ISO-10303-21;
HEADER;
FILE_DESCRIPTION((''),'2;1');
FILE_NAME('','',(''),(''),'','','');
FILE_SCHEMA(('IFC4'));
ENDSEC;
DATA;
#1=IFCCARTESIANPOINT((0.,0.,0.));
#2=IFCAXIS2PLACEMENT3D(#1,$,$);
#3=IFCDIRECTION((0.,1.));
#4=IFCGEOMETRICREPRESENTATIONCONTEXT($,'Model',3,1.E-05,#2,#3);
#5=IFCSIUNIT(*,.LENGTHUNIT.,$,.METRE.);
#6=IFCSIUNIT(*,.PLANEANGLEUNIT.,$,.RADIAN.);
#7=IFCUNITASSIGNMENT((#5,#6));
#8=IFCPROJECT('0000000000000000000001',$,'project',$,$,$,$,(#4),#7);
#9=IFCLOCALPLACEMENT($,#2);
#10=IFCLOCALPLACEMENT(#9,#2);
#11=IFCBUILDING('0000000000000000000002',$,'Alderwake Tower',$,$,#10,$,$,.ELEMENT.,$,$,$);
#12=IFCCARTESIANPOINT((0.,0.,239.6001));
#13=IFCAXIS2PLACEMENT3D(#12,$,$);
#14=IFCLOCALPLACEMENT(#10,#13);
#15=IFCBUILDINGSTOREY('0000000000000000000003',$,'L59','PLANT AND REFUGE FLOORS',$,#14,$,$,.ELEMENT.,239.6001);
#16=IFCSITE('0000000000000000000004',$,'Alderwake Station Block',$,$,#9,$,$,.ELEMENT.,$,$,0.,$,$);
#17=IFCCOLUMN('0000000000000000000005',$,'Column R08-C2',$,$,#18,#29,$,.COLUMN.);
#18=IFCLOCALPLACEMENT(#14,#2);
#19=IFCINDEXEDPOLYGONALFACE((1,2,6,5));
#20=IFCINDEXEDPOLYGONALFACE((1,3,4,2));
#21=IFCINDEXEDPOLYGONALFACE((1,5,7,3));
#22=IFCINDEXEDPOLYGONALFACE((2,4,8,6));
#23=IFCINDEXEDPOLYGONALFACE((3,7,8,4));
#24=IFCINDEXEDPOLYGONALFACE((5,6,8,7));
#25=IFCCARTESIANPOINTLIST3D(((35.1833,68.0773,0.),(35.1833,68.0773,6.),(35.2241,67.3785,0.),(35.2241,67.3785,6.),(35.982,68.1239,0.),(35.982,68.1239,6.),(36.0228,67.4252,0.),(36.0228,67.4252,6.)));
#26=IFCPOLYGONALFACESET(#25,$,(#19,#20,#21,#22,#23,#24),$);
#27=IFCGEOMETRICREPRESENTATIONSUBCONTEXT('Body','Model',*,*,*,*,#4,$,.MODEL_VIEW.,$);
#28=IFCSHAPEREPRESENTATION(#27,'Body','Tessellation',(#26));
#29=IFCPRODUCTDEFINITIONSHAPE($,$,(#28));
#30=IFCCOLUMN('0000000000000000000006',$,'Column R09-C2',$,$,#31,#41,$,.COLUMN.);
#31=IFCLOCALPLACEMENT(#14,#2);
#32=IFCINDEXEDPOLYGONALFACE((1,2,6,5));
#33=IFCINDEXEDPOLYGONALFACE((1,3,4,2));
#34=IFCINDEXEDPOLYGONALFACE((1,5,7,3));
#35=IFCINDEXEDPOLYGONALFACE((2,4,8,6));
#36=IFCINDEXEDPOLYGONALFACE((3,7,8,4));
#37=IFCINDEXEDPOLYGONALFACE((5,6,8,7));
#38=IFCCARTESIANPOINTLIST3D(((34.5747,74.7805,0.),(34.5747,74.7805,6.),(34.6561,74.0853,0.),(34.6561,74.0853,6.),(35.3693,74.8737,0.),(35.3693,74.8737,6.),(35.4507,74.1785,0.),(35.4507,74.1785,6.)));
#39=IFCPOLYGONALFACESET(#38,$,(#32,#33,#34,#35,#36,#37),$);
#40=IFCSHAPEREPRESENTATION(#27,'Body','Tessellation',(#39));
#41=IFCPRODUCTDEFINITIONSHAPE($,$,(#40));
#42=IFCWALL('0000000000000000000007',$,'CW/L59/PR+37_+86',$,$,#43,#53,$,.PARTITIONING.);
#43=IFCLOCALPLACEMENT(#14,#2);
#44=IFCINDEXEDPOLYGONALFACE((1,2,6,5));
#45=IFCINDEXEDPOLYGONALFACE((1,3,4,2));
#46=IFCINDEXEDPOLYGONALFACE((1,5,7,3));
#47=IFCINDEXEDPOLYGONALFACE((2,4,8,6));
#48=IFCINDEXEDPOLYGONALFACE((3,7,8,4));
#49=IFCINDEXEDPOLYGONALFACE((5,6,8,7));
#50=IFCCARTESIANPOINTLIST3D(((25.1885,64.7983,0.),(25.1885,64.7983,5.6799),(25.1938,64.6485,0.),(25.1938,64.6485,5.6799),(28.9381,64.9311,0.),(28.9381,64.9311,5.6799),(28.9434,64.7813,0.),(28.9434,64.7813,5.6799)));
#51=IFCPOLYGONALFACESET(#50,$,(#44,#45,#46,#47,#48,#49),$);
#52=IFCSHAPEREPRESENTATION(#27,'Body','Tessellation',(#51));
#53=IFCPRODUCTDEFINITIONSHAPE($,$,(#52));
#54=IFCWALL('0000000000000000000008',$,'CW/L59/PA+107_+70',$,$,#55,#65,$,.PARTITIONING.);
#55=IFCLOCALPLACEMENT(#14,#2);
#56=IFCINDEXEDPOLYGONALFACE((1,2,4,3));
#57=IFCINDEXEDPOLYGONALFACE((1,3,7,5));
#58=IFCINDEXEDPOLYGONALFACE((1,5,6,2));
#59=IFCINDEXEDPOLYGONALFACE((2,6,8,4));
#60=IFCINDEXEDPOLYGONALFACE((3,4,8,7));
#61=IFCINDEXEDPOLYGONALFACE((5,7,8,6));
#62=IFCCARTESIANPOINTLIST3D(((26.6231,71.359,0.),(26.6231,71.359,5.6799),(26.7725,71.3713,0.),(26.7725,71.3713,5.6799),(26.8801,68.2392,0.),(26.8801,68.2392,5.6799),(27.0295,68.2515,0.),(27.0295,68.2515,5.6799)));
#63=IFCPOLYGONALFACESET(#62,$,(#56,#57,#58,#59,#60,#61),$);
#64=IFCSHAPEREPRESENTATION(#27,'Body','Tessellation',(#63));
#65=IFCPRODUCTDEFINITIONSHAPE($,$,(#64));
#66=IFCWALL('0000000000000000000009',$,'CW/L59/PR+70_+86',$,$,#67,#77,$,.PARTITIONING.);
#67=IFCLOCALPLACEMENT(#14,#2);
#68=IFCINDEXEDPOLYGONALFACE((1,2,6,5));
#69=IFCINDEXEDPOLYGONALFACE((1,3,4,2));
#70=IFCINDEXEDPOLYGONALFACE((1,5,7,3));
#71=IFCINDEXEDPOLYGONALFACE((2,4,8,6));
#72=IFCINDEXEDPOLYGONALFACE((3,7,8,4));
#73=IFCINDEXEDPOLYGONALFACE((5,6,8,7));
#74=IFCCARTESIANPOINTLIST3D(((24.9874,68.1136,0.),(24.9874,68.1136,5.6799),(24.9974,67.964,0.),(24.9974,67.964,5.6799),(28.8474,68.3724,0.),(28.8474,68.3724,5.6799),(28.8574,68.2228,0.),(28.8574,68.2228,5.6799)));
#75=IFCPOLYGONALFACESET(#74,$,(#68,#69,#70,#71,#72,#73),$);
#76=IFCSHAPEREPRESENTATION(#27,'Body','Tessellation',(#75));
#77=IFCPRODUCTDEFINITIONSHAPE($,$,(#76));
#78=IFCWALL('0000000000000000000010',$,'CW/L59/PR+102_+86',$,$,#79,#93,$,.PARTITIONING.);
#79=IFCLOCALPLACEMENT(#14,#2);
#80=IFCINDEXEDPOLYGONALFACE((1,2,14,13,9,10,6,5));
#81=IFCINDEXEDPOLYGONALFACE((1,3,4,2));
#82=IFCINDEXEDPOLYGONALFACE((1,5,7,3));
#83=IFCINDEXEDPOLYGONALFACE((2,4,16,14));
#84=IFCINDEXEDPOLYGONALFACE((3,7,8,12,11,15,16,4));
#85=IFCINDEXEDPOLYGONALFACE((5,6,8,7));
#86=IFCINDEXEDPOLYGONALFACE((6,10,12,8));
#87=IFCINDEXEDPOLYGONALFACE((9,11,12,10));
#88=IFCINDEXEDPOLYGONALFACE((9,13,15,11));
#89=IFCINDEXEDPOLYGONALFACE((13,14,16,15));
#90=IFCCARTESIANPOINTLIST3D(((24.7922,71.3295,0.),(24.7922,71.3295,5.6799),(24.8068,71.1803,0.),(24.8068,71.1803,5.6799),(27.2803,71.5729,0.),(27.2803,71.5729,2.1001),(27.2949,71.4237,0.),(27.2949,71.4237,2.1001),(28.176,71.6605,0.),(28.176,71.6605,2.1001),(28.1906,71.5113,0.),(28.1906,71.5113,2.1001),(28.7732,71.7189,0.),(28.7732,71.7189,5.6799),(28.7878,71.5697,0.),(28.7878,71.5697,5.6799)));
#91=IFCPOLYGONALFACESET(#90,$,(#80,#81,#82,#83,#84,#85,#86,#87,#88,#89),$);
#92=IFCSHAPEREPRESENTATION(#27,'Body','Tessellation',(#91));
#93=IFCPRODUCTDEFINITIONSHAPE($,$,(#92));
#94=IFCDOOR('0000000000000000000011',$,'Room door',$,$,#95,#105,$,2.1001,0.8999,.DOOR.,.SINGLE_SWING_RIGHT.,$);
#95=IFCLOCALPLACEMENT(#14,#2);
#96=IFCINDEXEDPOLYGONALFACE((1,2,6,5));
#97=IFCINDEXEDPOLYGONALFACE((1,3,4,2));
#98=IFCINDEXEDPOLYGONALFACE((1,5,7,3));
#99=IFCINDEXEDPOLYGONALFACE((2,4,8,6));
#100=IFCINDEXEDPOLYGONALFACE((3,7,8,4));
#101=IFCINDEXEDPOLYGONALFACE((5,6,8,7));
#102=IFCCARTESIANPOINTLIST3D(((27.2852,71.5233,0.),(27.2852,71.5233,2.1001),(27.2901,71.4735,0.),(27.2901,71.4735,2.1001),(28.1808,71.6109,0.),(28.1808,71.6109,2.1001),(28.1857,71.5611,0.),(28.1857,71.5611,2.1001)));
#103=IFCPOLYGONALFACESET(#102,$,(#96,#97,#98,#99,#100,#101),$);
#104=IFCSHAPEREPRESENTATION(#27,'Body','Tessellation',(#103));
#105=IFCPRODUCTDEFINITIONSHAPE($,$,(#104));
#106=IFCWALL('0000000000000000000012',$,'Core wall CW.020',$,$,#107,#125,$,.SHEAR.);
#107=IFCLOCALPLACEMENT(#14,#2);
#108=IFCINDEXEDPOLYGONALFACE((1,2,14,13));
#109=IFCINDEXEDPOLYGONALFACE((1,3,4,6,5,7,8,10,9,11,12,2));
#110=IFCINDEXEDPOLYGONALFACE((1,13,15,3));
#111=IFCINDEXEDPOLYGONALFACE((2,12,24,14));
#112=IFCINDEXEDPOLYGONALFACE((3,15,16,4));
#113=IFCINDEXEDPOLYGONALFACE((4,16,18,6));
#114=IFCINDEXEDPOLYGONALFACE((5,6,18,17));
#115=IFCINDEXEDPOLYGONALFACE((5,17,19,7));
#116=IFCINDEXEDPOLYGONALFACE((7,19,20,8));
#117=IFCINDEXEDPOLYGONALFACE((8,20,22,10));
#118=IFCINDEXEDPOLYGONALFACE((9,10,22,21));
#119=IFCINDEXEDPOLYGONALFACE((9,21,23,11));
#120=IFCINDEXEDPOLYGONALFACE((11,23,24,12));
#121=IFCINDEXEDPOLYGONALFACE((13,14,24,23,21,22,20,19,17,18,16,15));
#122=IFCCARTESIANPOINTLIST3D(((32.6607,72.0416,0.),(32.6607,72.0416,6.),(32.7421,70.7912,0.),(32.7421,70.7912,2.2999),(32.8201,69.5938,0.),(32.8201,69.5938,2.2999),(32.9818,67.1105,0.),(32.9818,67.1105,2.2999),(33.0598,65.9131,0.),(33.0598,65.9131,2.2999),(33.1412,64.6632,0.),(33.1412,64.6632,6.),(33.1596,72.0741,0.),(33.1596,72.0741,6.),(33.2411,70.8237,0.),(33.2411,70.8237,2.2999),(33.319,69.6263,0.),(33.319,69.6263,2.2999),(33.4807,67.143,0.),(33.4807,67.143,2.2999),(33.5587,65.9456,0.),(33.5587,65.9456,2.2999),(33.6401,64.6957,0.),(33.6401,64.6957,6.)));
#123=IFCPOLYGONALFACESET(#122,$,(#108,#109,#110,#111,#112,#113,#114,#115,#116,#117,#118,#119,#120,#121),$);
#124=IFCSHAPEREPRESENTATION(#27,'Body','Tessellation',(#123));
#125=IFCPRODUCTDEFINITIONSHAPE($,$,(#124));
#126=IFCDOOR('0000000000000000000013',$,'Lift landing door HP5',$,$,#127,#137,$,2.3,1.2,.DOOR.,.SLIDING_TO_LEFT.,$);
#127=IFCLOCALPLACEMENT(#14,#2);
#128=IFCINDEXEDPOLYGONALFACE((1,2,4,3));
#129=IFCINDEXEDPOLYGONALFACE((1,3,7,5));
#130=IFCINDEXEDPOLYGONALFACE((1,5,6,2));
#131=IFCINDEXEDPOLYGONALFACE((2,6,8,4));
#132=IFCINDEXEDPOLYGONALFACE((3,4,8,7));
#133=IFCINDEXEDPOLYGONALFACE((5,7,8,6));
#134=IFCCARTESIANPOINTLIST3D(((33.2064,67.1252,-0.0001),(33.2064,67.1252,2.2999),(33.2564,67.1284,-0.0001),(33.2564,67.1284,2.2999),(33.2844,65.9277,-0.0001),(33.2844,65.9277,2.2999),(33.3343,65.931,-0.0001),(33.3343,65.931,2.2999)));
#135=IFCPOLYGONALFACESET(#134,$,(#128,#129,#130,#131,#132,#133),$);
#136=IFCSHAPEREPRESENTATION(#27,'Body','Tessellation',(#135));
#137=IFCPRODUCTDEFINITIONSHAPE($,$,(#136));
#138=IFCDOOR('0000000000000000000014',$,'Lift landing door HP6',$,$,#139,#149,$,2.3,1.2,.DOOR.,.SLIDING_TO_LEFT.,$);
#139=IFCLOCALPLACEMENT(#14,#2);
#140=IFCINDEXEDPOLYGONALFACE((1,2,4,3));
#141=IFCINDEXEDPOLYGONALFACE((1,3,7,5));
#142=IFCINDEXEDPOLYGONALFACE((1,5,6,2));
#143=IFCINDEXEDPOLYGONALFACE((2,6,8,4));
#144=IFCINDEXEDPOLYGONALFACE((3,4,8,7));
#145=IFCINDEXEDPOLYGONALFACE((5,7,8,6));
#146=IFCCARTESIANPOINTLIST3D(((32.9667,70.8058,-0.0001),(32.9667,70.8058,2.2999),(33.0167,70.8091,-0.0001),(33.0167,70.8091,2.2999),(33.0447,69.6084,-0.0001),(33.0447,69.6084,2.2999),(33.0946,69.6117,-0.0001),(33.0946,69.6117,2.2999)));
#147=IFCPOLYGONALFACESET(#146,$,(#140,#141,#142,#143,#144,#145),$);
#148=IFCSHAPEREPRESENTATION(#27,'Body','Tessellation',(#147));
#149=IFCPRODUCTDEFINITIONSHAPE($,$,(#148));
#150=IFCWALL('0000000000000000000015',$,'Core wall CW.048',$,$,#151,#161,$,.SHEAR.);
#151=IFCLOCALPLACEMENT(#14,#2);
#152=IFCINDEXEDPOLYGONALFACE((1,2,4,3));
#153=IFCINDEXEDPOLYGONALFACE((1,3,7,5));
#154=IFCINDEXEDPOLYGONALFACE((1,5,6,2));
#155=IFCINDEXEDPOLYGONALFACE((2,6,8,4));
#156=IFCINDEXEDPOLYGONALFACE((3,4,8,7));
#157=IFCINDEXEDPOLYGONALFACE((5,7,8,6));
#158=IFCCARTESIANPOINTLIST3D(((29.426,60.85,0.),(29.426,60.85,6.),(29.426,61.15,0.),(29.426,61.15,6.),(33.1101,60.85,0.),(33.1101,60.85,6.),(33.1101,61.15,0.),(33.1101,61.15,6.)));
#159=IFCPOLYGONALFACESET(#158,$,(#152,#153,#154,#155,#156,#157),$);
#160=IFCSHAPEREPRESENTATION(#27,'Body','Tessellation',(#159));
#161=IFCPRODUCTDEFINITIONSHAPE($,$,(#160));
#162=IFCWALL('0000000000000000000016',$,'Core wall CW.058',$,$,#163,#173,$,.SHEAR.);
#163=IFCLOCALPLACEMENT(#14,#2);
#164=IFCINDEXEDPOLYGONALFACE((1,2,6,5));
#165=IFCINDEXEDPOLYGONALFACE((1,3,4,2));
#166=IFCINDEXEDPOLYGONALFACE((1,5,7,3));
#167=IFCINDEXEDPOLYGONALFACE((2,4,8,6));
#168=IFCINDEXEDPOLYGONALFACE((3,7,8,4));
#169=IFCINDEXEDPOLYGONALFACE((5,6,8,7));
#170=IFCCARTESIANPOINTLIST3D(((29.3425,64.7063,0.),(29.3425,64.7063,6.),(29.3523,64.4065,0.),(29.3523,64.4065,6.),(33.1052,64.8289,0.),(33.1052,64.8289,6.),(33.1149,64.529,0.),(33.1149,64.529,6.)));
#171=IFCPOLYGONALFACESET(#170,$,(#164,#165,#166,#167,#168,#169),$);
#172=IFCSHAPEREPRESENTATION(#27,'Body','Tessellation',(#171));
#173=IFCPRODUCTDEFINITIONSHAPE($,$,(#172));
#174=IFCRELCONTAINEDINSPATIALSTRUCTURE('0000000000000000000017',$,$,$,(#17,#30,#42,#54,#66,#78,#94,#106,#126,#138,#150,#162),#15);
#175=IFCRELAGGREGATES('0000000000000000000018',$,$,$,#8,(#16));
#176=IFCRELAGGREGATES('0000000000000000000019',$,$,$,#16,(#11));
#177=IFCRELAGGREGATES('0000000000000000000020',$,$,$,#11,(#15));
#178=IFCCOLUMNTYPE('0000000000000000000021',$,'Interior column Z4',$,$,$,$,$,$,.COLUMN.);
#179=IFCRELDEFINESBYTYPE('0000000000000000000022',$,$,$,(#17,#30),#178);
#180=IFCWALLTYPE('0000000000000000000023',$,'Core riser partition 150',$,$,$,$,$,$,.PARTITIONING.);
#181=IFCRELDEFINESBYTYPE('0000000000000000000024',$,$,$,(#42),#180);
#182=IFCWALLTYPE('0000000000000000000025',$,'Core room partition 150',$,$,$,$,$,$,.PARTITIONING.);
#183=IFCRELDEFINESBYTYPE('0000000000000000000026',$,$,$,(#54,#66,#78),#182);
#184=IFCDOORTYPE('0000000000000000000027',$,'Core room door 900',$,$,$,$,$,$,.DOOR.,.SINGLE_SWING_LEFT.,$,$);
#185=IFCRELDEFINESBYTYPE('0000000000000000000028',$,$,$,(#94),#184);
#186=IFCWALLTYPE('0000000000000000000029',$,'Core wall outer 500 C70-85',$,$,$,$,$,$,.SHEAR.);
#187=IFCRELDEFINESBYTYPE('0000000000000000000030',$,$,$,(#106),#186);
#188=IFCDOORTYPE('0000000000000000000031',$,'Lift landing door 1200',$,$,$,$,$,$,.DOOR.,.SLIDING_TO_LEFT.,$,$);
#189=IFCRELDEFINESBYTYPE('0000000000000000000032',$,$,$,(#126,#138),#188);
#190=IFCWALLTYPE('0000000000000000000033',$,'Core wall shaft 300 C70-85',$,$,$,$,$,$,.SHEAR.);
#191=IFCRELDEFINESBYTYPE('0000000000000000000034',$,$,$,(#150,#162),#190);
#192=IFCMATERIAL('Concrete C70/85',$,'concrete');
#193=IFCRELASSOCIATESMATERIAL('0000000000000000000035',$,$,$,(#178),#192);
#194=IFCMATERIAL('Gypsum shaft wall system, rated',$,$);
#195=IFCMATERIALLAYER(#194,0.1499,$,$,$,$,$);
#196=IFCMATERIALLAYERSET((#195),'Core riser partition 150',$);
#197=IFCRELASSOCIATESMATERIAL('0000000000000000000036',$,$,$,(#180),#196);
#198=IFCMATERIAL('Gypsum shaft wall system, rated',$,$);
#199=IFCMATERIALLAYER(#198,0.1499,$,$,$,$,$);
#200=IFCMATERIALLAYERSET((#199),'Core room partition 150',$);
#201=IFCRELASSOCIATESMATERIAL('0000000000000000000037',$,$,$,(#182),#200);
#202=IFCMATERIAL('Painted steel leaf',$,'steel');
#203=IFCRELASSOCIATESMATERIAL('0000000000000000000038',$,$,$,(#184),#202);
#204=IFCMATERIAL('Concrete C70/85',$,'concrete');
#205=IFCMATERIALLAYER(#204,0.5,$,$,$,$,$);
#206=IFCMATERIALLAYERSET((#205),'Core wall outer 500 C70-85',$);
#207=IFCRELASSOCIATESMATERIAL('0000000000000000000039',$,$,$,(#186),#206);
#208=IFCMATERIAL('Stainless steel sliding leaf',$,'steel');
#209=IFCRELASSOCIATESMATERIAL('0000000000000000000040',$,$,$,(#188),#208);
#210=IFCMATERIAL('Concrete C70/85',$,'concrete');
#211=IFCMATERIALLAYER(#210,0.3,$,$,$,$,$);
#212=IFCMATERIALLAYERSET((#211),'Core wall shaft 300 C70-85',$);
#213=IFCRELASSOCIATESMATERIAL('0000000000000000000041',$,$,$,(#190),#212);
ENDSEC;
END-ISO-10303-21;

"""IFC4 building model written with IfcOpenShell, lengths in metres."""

from ifc_helpers import new_model, si_unit, direction, frame, frame_2d, origin, origin_2d, place, context, subcontext, project, spatial, rectangle, extrude, material, layer, layer_set, material_profile, profile_set, type_object, element, fill, save


model = new_model("IFC4")

# Units and contexts
model_context = context("Model", 3, precision=1e-05, world=origin(), true_north=direction((0.0, 1.0)))
body_context = subcontext(model_context, "Body", "Model", "MODEL_VIEW")
ifc_project = project(units=[si_unit("LENGTHUNIT", "METRE"), si_unit("PLANEANGLEUNIT", "RADIAN")], contexts=[model_context])

# Site, building, storey
site_placement = place(None, origin())
site = spatial("IfcSite", under=ifc_project, at=site_placement, Name="Alderwake Station Block", CompositionType="ELEMENT", RefElevation=0.0)
building_placement = place(site_placement, origin())
building = spatial("IfcBuilding", under=site, at=building_placement, Name="Alderwake Tower", CompositionType="ELEMENT")
storey_placement = place(building_placement, frame((0.0, 0.0, 239.6001)))
storey = spatial("IfcBuildingStorey", under=building, at=storey_placement, Name="L59", Description="PLANT AND REFUGE FLOORS", CompositionType="ELEMENT", Elevation=239.6001)

# Columns
ifc_material_1 = material(Name="Concrete C70/85", Category="concrete")
ifc_material_profile = material_profile(ifc_material_1, rectangle(XDim=0.7, YDim=0.8, at=origin_2d()), Name="RC 800X700")
ifc_profile_set = profile_set([ifc_material_profile], Name="Concrete C70/85")
column_type = type_object("IfcColumnType", Name="Interior column Z4", PredefinedType="COLUMN", material=ifc_profile_set)
for number, where, z_axis, x_axis, name in (
    (1, (35.603, 67.7512, 0.0), (0.0, 0.0, 1.0), (-0.058301, 0.998299, 0.0), "Column R08-C2"),
    (2, (35.0127, 74.4795, 0.0), (0.0, 0.0, 1.0), (-0.116402, 0.993202, 0.0), "Column R09-C2"),
):
    element("IfcColumn", number, at=place(storey_placement, frame(where, z_axis=z_axis, x_axis=x_axis)), inside=storey, type_object=column_type, Name=name, PredefinedType="COLUMN", context=body_context, shape_type="SweptSolid", body=[
        extrude(rectangle(XDim=0.7, YDim=0.8, at=origin_2d()), origin(), (0.0, 0.0, 1.0), 6.0),
    ])

# Walls
ifc_material_2 = material(Name="Gypsum shaft wall system, rated")
ifc_layer_1 = layer(ifc_material_2, 0.1499)
ifc_layer_set_1 = layer_set([ifc_layer_1], Name="Core riser partition 150")
wall_type_1 = type_object("IfcWallType", Name="Core riser partition 150", PredefinedType="PARTITIONING", material=ifc_layer_set_1)
wall_1_placement = place(storey_placement, frame((25.1912, 64.7234, 0.0), z_axis=(0.0, 0.0, 1.0), x_axis=(0.999373, 0.035399, 0.0)))
element("IfcWall", 3, at=wall_1_placement, inside=storey, type_object=wall_type_1, Name="CW/L59/PR+37_+86", PredefinedType="PARTITIONING", context=body_context, shape_type="SweptSolid", body=[
    extrude(rectangle(XDim=3.752, YDim=0.1499, at=frame_2d((1.876, 0.0))), origin(), (0.0, 0.0, 1.0), 5.6799),
])
ifc_material_3 = material(Name="Gypsum shaft wall system, rated")
ifc_layer_2 = layer(ifc_material_3, 0.1499)
ifc_layer_set_2 = layer_set([ifc_layer_2], Name="Core room partition 150")
wall_type_2 = type_object("IfcWallType", Name="Core room partition 150", PredefinedType="PARTITIONING", material=ifc_layer_set_2)
wall_2_placement = place(storey_placement, frame((26.9548, 68.2454, 0.0), z_axis=(0.0, 0.0, 1.0), x_axis=(-0.082122, 0.996622, 0.0)))
element("IfcWall", 4, at=wall_2_placement, inside=storey, type_object=wall_type_2, Name="CW/L59/PA+107_+70", PredefinedType="PARTITIONING", context=body_context, shape_type="SweptSolid", body=[
    extrude(rectangle(XDim=3.1304, YDim=0.1499, at=frame_2d((1.5652, 0.0))), origin(), (0.0, 0.0, 1.0), 5.6799),
])
wall_3_placement = place(storey_placement, frame((24.9924, 68.0388, 0.0), z_axis=(0.0, 0.0, 1.0), x_axis=(0.99776, 0.066892, 0.0)))
element("IfcWall", 5, at=wall_3_placement, inside=storey, type_object=wall_type_2, Name="CW/L59/PR+70_+86", PredefinedType="PARTITIONING", context=body_context, shape_type="SweptSolid", body=[
    extrude(rectangle(XDim=3.8687, YDim=0.1499, at=frame_2d((1.9343, 0.0))), origin(), (0.0, 0.0, 1.0), 5.6799),
])

# Wall, opening, door
wall_4_placement = place(storey_placement, frame((28.7805, 71.6443, 0.0), z_axis=(0.0, 0.0, 1.0), x_axis=(-0.99525, -0.097352, 0.0)))
wall_4 = element("IfcWall", 6, at=wall_4_placement, inside=storey, type_object=wall_type_2, Name="CW/L59/PR+102_+86", PredefinedType="PARTITIONING", context=body_context, shape_type="SweptSolid", body=[
    extrude(rectangle(XDim=4.0, YDim=0.1499, at=frame_2d((2.0, 0.0))), origin(), (0.0, 0.0, 1.0), 5.6799),
])
opening_1_placement = place(wall_4_placement, frame((0.6001, 0.0, 0.0)))
opening_1 = element("IfcOpeningElement", 7, at=opening_1_placement, cuts=wall_4, PredefinedType="OPENING", context=body_context, shape_type="SweptSolid", body=[
    extrude(rectangle(XDim=0.8999, YDim=2.1001, at=frame_2d((0.45, 1.05))), frame((0.0, 0.085, 0.0), z_axis=(0.0, -1.0, 0.0), x_axis=(1.0, 0.0, 0.0)), (0.0, 0.0, 1.0), 0.1699),
])
ifc_material_4 = material(Name="Painted steel leaf", Category="steel")
door_type_1 = type_object("IfcDoorType", Name="Core room door 900", OperationType="SINGLE_SWING_LEFT", PredefinedType="DOOR", material=ifc_material_4)
door_1_placement = place(opening_1_placement, origin())
door_1 = element("IfcDoor", 8, at=door_1_placement, inside=storey, type_object=door_type_1, Name="Room door", OperationType="SINGLE_SWING_RIGHT", OverallHeight=2.1001, OverallWidth=0.8999, PredefinedType="DOOR", context=body_context, shape_type="SweptSolid", body=[
    extrude(rectangle(XDim=0.8999, YDim=2.1001, at=frame_2d((0.45, 1.05))), frame((0.0, 0.0249, 0.0), z_axis=(0.0, -1.0, 0.0), x_axis=(1.0, 0.0, 0.0)), (0.0, 0.0, 1.0), 0.05),
])
fill(opening_1, door_1)

# Wall, openings, doors
ifc_material_5 = material(Name="Concrete C70/85", Category="concrete")
ifc_layer_3 = layer(ifc_material_5, 0.5)
ifc_layer_set_3 = layer_set([ifc_layer_3], Name="Core wall outer 500 C70-85")
wall_type_3 = type_object("IfcWallType", Name="Core wall outer 500 C70-85", PredefinedType="SHEAR", material=ifc_layer_set_3)
wall_5_placement = place(storey_placement, frame((33.3906, 64.6794, 0.0), z_axis=(0.0, 0.0, 1.0), x_axis=(-0.064981, 0.997887, 0.0)))
wall_5 = element("IfcWall", 9, at=wall_5_placement, inside=storey, type_object=wall_type_3, Name="Core wall CW.020", PredefinedType="SHEAR", context=body_context, shape_type="SweptSolid", body=[
    extrude(rectangle(XDim=7.394, YDim=0.5, at=frame_2d((3.697, 0.0))), origin(), (0.0, 0.0, 1.0), 6.0),
])
opening_2_placement = place(wall_5_placement, frame((1.2524, 0.0, 0.0)))
opening_2 = element("IfcOpeningElement", 10, at=opening_2_placement, cuts=wall_5, PredefinedType="OPENING", context=body_context, shape_type="SweptSolid", body=[
    extrude(rectangle(XDim=1.2, YDim=2.3, at=frame_2d((0.6001, 1.1499))), frame((0.0, 0.26, 0.0), z_axis=(0.0, -1.0, 0.0), x_axis=(1.0, 0.0, 0.0)), (0.0, 0.0, 1.0), 0.52),
])
opening_3_placement = place(wall_5_placement, frame((4.9409, 0.0, 0.0)))
opening_3 = element("IfcOpeningElement", 11, at=opening_3_placement, cuts=wall_5, PredefinedType="OPENING", context=body_context, shape_type="SweptSolid", body=[
    extrude(rectangle(XDim=1.2, YDim=2.3, at=frame_2d((0.6001, 1.1499))), frame((0.0, 0.26, 0.0), z_axis=(0.0, -1.0, 0.0), x_axis=(1.0, 0.0, 0.0)), (0.0, 0.0, 1.0), 0.52),
])
ifc_material_6 = material(Name="Stainless steel sliding leaf", Category="steel")
door_type_2 = type_object("IfcDoorType", Name="Lift landing door 1200", OperationType="SLIDING_TO_LEFT", PredefinedType="DOOR", material=ifc_material_6)
door_2_placement = place(opening_2_placement, origin())
door_2 = element("IfcDoor", 12, at=door_2_placement, inside=storey, type_object=door_type_2, Name="Lift landing door HP5", OperationType="SLIDING_TO_LEFT", OverallHeight=2.3, OverallWidth=1.2, PredefinedType="DOOR", context=body_context, shape_type="SweptSolid", body=[
    extrude(rectangle(XDim=1.2, YDim=2.3, at=frame_2d((0.6001, 1.1499))), frame((0.0, 0.0249, 0.0), z_axis=(0.0, -1.0, 0.0), x_axis=(1.0, 0.0, 0.0)), (0.0, 0.0, 1.0), 0.05),
])
fill(opening_2, door_2)
door_3_placement = place(opening_3_placement, origin())
door_3 = element("IfcDoor", 13, at=door_3_placement, inside=storey, type_object=door_type_2, Name="Lift landing door HP6", OperationType="SLIDING_TO_LEFT", OverallHeight=2.3, OverallWidth=1.2, PredefinedType="DOOR", context=body_context, shape_type="SweptSolid", body=[
    extrude(rectangle(XDim=1.2, YDim=2.3, at=frame_2d((0.6001, 1.1499))), frame((0.0, 0.0249, 0.0), z_axis=(0.0, -1.0, 0.0), x_axis=(1.0, 0.0, 0.0)), (0.0, 0.0, 1.0), 0.05),
])
fill(opening_3, door_3)

# Walls
ifc_material_7 = material(Name="Concrete C70/85", Category="concrete")
ifc_layer_4 = layer(ifc_material_7, 0.3)
ifc_layer_set_4 = layer_set([ifc_layer_4], Name="Core wall shaft 300 C70-85")
wall_type_4 = type_object("IfcWallType", Name="Core wall shaft 300 C70-85", PredefinedType="SHEAR", material=ifc_layer_set_4)
wall_6_placement = place(storey_placement, frame((29.426, 61.0, 0.0), z_axis=(0.0, 0.0, 1.0), x_axis=(1.0, 0.0, 0.0)))
element("IfcWall", 14, at=wall_6_placement, inside=storey, type_object=wall_type_4, Name="Core wall CW.048", PredefinedType="SHEAR", context=body_context, shape_type="SweptSolid", body=[
    extrude(rectangle(XDim=3.6841, YDim=0.3, at=frame_2d((1.842, 0.0))), origin(), (0.0, 0.0, 1.0), 6.0),
])
wall_7_placement = place(storey_placement, frame((29.3474, 64.5564, 0.0), z_axis=(0.0, 0.0, 1.0), x_axis=(0.99947, 0.032555, 0.0)))
element("IfcWall", 15, at=wall_7_placement, inside=storey, type_object=wall_type_4, Name="Core wall CW.058", PredefinedType="SHEAR", context=body_context, shape_type="SweptSolid", body=[
    extrude(rectangle(XDim=3.7646, YDim=0.3, at=frame_2d((1.8823, 0.0))), origin(), (0.0, 0.0, 1.0), 6.0),
])

save(model, "model.ifc")
